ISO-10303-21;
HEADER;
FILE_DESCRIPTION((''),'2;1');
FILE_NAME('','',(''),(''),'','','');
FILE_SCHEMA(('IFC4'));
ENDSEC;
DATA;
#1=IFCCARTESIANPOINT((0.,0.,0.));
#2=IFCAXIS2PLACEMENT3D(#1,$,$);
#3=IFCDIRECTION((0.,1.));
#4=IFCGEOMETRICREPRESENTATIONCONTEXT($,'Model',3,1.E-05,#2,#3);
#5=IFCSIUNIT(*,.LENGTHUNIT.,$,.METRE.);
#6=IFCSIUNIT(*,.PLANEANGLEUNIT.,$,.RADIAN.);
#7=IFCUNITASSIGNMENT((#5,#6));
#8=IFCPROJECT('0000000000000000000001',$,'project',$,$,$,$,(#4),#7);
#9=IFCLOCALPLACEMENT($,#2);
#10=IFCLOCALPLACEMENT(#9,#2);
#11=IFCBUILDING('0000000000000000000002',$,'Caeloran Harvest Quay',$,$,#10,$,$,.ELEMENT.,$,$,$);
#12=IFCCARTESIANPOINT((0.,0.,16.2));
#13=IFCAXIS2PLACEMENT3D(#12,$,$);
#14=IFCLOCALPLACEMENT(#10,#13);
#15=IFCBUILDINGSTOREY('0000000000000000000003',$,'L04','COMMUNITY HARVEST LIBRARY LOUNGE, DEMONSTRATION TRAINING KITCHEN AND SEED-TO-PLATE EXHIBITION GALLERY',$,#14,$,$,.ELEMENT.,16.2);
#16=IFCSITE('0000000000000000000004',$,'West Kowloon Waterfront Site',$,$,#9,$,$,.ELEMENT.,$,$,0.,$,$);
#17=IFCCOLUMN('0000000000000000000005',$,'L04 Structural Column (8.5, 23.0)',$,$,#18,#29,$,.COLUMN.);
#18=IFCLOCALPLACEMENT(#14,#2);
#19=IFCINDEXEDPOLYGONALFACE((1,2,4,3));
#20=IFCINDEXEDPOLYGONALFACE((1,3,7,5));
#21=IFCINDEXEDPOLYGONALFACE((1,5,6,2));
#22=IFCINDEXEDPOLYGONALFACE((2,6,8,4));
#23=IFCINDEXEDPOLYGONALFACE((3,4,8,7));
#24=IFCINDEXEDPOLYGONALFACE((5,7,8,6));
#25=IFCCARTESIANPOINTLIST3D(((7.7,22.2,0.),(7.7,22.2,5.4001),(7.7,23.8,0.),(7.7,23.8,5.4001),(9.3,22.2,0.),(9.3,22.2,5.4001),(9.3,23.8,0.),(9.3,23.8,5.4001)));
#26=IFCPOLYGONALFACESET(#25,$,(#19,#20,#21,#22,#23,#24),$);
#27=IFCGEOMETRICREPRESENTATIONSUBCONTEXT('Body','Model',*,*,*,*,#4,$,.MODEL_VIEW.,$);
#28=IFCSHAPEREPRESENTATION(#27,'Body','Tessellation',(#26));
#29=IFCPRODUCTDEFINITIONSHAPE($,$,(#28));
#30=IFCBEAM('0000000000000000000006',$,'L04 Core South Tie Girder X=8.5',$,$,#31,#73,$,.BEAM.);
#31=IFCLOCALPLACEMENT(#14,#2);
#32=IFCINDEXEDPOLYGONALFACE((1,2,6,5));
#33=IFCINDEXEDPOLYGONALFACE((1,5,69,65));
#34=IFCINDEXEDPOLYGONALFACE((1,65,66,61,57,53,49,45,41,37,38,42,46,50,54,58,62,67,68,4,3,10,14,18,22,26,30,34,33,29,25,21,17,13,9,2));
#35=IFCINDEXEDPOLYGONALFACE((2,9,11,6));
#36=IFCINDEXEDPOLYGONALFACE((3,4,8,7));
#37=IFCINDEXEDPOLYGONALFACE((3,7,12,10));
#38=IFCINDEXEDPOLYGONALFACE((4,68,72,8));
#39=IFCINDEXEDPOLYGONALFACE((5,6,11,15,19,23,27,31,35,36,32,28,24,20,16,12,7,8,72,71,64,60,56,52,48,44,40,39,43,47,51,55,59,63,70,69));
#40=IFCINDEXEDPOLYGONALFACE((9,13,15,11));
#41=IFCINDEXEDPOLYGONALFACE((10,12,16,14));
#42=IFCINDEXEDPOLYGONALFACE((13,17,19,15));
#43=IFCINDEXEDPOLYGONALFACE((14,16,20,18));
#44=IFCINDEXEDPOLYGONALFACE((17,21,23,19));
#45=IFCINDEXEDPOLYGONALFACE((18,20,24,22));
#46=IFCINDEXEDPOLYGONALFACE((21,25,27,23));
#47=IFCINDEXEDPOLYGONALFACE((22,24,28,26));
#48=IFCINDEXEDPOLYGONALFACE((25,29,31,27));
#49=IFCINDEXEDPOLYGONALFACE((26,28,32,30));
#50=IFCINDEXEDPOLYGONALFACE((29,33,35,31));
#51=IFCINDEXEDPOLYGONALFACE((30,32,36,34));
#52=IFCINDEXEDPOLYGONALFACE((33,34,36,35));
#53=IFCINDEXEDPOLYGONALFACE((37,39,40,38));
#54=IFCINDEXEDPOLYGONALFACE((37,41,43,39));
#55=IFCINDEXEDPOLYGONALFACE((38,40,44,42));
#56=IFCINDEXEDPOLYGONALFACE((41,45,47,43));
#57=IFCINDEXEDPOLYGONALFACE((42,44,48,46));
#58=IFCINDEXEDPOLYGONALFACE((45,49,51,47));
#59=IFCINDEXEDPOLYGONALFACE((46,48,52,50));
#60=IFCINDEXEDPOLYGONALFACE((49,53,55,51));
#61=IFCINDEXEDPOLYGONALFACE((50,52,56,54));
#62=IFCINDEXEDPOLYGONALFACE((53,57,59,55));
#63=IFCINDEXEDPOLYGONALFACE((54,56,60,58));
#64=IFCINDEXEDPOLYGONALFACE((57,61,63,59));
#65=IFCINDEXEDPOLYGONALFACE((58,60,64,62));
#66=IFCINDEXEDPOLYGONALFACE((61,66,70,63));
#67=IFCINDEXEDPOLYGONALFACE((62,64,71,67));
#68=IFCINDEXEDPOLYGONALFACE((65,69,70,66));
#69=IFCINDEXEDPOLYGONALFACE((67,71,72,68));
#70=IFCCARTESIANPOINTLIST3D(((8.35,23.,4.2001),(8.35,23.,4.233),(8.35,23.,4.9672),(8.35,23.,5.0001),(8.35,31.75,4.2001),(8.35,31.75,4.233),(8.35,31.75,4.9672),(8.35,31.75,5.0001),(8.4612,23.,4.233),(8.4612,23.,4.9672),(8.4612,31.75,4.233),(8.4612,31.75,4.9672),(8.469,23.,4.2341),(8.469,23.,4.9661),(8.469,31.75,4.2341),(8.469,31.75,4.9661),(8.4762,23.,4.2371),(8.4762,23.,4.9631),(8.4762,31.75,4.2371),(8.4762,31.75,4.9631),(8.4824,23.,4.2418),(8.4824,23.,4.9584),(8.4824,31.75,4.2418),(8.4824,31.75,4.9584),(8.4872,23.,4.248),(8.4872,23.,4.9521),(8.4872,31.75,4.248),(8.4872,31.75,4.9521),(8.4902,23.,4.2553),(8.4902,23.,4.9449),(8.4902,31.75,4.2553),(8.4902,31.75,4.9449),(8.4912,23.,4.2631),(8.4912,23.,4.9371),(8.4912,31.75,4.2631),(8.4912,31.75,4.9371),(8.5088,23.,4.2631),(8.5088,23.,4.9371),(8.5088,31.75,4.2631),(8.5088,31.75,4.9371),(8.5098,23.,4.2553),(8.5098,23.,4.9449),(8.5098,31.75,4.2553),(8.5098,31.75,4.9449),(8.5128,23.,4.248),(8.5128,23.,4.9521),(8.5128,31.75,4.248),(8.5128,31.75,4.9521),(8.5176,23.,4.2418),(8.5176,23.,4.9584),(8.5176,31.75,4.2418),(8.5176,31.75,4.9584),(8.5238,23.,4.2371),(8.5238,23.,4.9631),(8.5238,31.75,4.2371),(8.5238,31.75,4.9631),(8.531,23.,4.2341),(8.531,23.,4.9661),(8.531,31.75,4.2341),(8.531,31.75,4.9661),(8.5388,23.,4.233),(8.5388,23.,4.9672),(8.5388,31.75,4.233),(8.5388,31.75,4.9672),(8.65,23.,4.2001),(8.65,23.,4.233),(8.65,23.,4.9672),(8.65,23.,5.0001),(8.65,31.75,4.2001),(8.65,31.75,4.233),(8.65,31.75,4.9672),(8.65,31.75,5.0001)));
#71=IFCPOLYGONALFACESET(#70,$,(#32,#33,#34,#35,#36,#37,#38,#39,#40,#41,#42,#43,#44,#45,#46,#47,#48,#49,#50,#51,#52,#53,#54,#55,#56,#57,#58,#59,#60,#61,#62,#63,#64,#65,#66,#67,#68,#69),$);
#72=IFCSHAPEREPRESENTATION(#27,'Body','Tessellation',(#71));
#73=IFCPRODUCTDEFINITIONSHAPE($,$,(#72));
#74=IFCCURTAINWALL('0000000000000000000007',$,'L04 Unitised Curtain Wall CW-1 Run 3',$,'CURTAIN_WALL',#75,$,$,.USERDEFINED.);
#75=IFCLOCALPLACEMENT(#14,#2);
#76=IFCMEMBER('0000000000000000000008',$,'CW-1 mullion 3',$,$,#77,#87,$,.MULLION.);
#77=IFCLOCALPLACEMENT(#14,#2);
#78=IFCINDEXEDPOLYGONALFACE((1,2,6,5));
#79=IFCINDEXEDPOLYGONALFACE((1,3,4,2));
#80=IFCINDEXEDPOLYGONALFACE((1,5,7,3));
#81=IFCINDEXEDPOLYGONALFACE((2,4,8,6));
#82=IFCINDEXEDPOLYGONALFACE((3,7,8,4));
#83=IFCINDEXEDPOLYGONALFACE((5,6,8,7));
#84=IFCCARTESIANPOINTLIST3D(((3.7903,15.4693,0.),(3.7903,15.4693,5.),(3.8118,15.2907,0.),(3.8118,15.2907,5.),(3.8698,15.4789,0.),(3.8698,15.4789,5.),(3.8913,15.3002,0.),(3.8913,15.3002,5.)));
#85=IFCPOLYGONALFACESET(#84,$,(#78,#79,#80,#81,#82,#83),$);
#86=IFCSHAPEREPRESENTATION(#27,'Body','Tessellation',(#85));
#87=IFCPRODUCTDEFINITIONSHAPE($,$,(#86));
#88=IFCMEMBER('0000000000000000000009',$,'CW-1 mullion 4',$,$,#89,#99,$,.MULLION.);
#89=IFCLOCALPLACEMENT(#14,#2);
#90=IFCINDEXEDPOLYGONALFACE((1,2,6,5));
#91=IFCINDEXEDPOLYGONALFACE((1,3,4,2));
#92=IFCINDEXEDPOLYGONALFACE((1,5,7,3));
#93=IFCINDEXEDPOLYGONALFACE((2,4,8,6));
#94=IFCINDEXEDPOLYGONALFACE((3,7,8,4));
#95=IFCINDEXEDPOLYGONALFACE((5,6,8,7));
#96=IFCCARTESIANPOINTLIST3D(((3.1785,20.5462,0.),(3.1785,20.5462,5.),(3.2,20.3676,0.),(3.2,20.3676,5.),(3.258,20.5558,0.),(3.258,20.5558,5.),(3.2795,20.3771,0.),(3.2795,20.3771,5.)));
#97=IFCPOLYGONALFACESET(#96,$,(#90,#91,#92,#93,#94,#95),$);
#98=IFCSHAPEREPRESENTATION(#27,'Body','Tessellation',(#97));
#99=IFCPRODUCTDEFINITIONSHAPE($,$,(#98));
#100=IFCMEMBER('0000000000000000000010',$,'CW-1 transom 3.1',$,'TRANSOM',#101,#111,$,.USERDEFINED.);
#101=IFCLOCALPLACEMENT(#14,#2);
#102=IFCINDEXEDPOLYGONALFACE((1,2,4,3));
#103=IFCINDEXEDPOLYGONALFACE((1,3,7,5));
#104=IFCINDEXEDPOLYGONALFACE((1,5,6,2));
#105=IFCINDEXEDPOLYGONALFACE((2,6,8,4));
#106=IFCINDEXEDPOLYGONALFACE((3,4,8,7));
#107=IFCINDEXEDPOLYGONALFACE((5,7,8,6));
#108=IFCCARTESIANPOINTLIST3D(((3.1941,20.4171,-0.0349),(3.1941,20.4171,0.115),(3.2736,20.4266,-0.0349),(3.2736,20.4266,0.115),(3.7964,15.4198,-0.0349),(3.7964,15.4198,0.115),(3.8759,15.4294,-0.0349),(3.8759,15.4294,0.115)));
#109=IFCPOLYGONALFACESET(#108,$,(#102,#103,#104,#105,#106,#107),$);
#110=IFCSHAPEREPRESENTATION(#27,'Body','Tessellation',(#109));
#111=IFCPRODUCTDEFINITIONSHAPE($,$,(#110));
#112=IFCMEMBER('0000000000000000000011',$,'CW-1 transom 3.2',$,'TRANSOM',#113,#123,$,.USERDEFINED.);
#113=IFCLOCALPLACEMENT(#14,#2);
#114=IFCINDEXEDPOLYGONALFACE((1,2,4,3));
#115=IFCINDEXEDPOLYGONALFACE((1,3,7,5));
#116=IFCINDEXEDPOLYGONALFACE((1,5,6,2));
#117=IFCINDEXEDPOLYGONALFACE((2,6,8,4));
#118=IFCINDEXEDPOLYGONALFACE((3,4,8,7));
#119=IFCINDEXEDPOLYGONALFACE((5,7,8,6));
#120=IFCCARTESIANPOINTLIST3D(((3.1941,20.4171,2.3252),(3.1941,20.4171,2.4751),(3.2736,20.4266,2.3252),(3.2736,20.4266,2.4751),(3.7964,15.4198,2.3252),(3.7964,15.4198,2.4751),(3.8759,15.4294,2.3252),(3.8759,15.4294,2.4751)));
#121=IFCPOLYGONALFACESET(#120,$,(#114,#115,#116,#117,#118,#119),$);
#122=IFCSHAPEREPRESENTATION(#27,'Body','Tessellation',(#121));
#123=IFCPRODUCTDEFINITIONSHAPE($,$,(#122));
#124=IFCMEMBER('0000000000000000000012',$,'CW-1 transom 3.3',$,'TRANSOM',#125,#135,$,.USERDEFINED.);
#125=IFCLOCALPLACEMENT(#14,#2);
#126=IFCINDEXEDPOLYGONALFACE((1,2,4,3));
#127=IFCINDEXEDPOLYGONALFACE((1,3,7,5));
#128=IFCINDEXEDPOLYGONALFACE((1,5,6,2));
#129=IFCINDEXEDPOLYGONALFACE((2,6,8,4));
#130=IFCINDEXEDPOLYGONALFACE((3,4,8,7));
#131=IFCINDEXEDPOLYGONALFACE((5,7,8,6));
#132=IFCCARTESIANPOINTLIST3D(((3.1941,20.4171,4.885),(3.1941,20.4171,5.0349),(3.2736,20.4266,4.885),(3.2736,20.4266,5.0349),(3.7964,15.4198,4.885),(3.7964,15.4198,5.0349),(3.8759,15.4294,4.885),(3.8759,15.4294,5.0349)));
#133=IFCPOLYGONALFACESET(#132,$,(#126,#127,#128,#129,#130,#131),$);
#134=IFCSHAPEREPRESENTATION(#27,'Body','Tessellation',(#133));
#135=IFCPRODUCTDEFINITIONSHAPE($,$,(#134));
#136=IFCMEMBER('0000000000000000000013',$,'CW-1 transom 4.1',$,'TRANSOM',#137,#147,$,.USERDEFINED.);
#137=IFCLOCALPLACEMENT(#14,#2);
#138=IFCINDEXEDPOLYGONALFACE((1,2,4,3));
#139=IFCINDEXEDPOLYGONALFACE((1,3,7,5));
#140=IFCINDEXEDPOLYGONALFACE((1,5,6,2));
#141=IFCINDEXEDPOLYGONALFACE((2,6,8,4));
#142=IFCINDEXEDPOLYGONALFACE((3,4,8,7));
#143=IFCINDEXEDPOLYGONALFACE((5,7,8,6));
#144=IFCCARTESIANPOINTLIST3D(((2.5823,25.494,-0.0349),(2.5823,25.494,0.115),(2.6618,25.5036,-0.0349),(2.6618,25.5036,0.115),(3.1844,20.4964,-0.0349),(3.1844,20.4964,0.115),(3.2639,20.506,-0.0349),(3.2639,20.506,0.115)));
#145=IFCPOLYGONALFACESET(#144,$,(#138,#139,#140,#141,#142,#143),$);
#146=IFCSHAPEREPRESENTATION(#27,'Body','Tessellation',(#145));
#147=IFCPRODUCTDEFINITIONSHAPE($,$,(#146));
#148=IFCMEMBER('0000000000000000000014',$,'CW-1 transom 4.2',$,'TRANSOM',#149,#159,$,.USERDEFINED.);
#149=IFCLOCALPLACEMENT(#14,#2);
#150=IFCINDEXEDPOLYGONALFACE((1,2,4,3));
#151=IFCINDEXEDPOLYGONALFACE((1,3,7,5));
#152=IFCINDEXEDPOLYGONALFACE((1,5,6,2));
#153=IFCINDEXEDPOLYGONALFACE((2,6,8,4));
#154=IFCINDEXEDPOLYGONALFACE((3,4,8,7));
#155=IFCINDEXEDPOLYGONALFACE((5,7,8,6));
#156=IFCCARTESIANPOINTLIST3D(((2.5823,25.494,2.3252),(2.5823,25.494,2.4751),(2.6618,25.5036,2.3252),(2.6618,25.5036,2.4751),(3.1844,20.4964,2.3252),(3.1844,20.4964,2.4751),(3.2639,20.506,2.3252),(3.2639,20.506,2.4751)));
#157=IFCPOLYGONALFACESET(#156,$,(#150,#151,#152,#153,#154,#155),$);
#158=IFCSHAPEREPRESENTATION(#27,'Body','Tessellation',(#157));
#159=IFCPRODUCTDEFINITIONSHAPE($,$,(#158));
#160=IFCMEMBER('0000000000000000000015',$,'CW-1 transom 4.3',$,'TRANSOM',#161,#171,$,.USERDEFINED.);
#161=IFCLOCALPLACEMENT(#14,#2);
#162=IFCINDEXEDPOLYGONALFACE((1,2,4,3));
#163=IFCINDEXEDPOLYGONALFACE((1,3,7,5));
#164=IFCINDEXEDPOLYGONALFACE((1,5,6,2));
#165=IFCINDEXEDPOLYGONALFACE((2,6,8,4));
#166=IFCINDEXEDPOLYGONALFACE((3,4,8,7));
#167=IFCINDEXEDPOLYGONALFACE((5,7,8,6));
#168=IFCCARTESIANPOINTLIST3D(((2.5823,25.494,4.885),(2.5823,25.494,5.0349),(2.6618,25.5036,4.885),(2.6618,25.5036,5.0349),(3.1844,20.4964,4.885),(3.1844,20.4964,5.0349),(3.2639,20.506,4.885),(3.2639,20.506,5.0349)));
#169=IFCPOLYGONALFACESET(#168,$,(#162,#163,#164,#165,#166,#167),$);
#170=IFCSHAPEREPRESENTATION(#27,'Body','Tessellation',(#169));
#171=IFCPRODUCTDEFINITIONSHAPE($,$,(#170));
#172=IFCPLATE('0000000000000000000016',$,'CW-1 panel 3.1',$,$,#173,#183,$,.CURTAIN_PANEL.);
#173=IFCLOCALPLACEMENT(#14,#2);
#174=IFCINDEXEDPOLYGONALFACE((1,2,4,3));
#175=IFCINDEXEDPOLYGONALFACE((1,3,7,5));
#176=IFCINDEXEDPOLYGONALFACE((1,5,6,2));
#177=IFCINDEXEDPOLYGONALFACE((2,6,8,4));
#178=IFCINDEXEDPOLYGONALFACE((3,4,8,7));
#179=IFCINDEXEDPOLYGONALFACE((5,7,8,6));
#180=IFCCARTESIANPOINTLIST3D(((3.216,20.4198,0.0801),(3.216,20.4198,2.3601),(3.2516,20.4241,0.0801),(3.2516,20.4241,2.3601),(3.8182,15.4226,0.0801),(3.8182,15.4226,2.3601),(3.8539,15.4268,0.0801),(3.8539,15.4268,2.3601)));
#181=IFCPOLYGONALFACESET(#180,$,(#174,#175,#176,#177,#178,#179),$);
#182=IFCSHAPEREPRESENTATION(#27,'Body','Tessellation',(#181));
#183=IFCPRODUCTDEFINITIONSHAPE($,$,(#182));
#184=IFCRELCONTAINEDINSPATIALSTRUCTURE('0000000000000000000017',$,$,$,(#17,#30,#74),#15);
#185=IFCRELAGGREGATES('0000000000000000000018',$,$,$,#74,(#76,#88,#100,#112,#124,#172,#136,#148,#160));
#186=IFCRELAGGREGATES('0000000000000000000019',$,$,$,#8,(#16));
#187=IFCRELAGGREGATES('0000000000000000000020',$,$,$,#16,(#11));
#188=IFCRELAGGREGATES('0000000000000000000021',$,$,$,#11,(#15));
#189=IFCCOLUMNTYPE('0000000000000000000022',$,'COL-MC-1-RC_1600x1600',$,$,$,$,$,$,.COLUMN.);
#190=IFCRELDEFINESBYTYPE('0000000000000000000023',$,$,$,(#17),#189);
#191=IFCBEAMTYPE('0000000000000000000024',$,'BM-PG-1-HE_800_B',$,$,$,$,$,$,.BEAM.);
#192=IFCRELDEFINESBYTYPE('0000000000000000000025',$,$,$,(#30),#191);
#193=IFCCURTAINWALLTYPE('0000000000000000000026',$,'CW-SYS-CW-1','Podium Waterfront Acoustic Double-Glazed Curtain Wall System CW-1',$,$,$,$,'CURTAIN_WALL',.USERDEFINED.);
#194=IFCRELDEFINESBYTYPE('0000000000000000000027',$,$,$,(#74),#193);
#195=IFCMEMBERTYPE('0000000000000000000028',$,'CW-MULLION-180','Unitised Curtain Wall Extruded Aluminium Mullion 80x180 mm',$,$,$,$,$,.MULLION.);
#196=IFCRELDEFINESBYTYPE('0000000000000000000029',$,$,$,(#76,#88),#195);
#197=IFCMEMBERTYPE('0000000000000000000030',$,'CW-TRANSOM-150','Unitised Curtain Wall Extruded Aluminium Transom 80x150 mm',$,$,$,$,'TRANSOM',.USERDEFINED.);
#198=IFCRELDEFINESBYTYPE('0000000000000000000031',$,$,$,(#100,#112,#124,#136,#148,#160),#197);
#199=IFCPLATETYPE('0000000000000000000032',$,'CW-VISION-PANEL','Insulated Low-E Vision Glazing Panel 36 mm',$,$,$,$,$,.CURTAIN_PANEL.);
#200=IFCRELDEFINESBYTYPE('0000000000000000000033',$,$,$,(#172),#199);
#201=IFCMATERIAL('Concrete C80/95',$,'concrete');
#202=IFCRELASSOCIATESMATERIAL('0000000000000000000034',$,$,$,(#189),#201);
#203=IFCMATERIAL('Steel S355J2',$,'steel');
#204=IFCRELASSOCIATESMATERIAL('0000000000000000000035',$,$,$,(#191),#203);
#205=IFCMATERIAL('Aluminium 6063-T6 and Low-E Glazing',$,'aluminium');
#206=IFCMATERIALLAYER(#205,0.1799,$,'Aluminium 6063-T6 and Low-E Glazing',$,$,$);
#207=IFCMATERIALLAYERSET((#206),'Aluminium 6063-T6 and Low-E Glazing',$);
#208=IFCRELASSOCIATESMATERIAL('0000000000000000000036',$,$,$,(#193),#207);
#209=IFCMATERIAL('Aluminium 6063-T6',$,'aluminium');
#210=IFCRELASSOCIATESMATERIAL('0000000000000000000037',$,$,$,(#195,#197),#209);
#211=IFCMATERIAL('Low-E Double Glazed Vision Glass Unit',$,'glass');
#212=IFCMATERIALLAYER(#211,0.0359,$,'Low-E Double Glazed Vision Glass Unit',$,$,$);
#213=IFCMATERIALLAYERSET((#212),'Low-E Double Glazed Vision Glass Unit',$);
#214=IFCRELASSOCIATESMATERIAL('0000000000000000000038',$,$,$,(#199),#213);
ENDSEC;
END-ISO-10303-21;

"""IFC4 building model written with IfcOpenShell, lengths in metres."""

from ifc_helpers import new_model, si_unit, direction, frame, origin, origin_2d, place, context, subcontext, project, spatial, rectangle, i_section, extrude, material, layer, layer_set, material_profile, profile_set, type_object, element, aggregate, save


model = new_model("IFC4")

# Units and contexts
model_context = context("Model", 3, precision=1e-05, world=origin(), true_north=direction((0.0, 1.0)))
body_context = subcontext(model_context, "Body", "Model", "MODEL_VIEW")
ifc_project = project(units=[si_unit("LENGTHUNIT", "METRE"), si_unit("PLANEANGLEUNIT", "RADIAN")], contexts=[model_context])

# Site, building, storey
site_placement = place(None, origin())
site = spatial("IfcSite", under=ifc_project, at=site_placement, Name="West Kowloon Waterfront Site", CompositionType="ELEMENT", RefElevation=0.0)
building_placement = place(site_placement, origin())
building = spatial("IfcBuilding", under=site, at=building_placement, Name="Caeloran Harvest Quay", CompositionType="ELEMENT")
storey_placement = place(building_placement, frame((0.0, 0.0, 16.2)))
storey = spatial("IfcBuildingStorey", under=building, at=storey_placement, Name="L04", Description="COMMUNITY HARVEST LIBRARY LOUNGE, DEMONSTRATION TRAINING KITCHEN AND SEED-TO-PLATE EXHIBITION GALLERY", CompositionType="ELEMENT", Elevation=16.2)

# Column
ifc_material_1 = material(Name="Concrete C80/95", Category="concrete")
ifc_material_profile_1 = material_profile(ifc_material_1, rectangle(XDim=1.6001, YDim=1.6001, at=origin_2d()), Name="RC 1600x1600")
ifc_profile_set_1 = profile_set([ifc_material_profile_1], Name="Concrete C80/95")
column_type = type_object("IfcColumnType", Name="COL-MC-1-RC_1600x1600", PredefinedType="COLUMN", material=ifc_profile_set_1)
column_placement = place(storey_placement, frame((8.5, 23.0, 0.0), z_axis=(0.0, 0.0, 1.0), x_axis=(1.0, 0.0, 0.0)))
element("IfcColumn", 1, at=column_placement, inside=storey, type_object=column_type, Name="L04 Structural Column (8.5, 23.0)", PredefinedType="COLUMN", context=body_context, shape_type="SweptSolid", body=[
    extrude(rectangle(XDim=1.6001, YDim=1.6001, at=origin_2d()), origin(), (0.0, 0.0, 1.0), 5.4001),
])

# Beam
ifc_material_2 = material(Name="Steel S355J2", Category="steel")
ifc_material_profile_2 = material_profile(ifc_material_2, i_section(OverallWidth=0.3, OverallDepth=0.8, WebThickness=0.0176, FlangeThickness=0.033, FilletRadius=0.03, at=origin_2d()), Name="HE 800 B")
ifc_profile_set_2 = profile_set([ifc_material_profile_2], Name="Steel S355J2")
beam_type = type_object("IfcBeamType", Name="BM-PG-1-HE_800_B", PredefinedType="BEAM", material=ifc_profile_set_2)
beam_placement = place(storey_placement, frame((8.5, 23.0, 4.6001), z_axis=(0.0, 1.0, 0.0), x_axis=(-1.0, 0.0, 0.0)))
element("IfcBeam", 2, at=beam_placement, inside=storey, type_object=beam_type, Name="L04 Core South Tie Girder X=8.5", PredefinedType="BEAM", context=body_context, shape_type="SweptSolid", body=[
    extrude(i_section(OverallWidth=0.3, OverallDepth=0.8, WebThickness=0.0176, FlangeThickness=0.033, FilletRadius=0.03, at=origin_2d()), origin(), (0.0, 0.0, 1.0), 8.75),
])

# Curtain wall, members, plate
ifc_material_3 = material(Name="Aluminium 6063-T6 and Low-E Glazing", Category="aluminium")
ifc_layer_1 = layer(ifc_material_3, 0.1799, Name="Aluminium 6063-T6 and Low-E Glazing")
ifc_layer_set_1 = layer_set([ifc_layer_1], Name="Aluminium 6063-T6 and Low-E Glazing")
curtain_wall_type = type_object("IfcCurtainWallType", Name="CW-SYS-CW-1", Description="Podium Waterfront Acoustic Double-Glazed Curtain Wall System CW-1", ElementType="CURTAIN_WALL", PredefinedType="USERDEFINED", material=ifc_layer_set_1)
curtain_wall_placement = place(storey_placement, origin())
curtain_wall = element("IfcCurtainWall", 3, at=curtain_wall_placement, inside=storey, type_object=curtain_wall_type, Name="L04 Unitised Curtain Wall CW-1 Run 3", ObjectType="CURTAIN_WALL", PredefinedType="USERDEFINED")
ifc_material_4 = material(Name="Aluminium 6063-T6", Category="aluminium")
ifc_material_profile_3 = material_profile(ifc_material_4, rectangle(XDim=0.0801, YDim=0.1799, at=origin_2d()), Name="CW-MULLION-180")
ifc_profile_set_3 = profile_set([ifc_material_profile_3], Name="Aluminium 6063-T6")
member_type_1 = type_object("IfcMemberType", Name="CW-MULLION-180", Description="Unitised Curtain Wall Extruded Aluminium Mullion 80x180 mm", PredefinedType="MULLION", material=ifc_profile_set_3)
member_1_placement = place(storey_placement, frame((3.8408, 15.3848, 0.0), z_axis=(0.0, 0.0, 1.0), x_axis=(-0.992816, -0.119655, 0.0)))
member_1 = element("IfcMember", 4, at=member_1_placement, type_object=member_type_1, Name="CW-1 mullion 3", PredefinedType="MULLION", context=body_context, shape_type="SweptSolid", body=[
    extrude(rectangle(XDim=0.0801, YDim=0.1799, at=origin_2d()), origin(), (0.0, 0.0, 1.0), 5.0),
])
member_2_placement = place(storey_placement, frame((3.229, 20.4617, 0.0), z_axis=(0.0, 0.0, 1.0), x_axis=(-0.992816, -0.119655, 0.0)))
member_2 = element("IfcMember", 5, at=member_2_placement, type_object=member_type_1, Name="CW-1 mullion 4", PredefinedType="MULLION", context=body_context, shape_type="SweptSolid", body=[
    extrude(rectangle(XDim=0.0801, YDim=0.1799, at=origin_2d()), origin(), (0.0, 0.0, 1.0), 5.0),
])
ifc_material_profile_4 = material_profile(ifc_material_4, rectangle(XDim=0.0801, YDim=0.1499, at=origin_2d()), Name="CW-TRANSOM-150")
ifc_profile_set_4 = profile_set([ifc_material_profile_4], Name="Aluminium 6063-T6")
member_type_2 = type_object("IfcMemberType", Name="CW-TRANSOM-150", Description="Unitised Curtain Wall Extruded Aluminium Transom 80x150 mm", ElementType="TRANSOM", PredefinedType="USERDEFINED", material=ifc_profile_set_4)
member_3_placement = place(storey_placement, frame((3.8362, 15.4246, 0.04), z_axis=(-0.119658, 0.992815, 0.0), x_axis=(-0.992815, -0.119658, 0.0)))
member_3 = element("IfcMember", 6, at=member_3_placement, type_object=member_type_2, Name="CW-1 transom 3.1", ObjectType="TRANSOM", PredefinedType="USERDEFINED", context=body_context, shape_type="SweptSolid", body=[
    extrude(rectangle(XDim=0.0801, YDim=0.1499, at=origin_2d()), origin(), (0.0, 0.0, 1.0), 5.0334),
])
member_4_placement = place(storey_placement, frame((3.8362, 15.4246, 2.4001), z_axis=(-0.119658, 0.992815, 0.0), x_axis=(-0.992815, -0.119658, 0.0)))
member_4 = element("IfcMember", 7, at=member_4_placement, type_object=member_type_2, Name="CW-1 transom 3.2", ObjectType="TRANSOM", PredefinedType="USERDEFINED", context=body_context, shape_type="SweptSolid", body=[
    extrude(rectangle(XDim=0.0801, YDim=0.1499, at=origin_2d()), origin(), (0.0, 0.0, 1.0), 5.0334),
])
member_5_placement = place(storey_placement, frame((3.8362, 15.4246, 4.96), z_axis=(-0.119658, 0.992815, 0.0), x_axis=(-0.992815, -0.119658, 0.0)))
member_5 = element("IfcMember", 8, at=member_5_placement, type_object=member_type_2, Name="CW-1 transom 3.3", ObjectType="TRANSOM", PredefinedType="USERDEFINED", context=body_context, shape_type="SweptSolid", body=[
    extrude(rectangle(XDim=0.0801, YDim=0.1499, at=origin_2d()), origin(), (0.0, 0.0, 1.0), 5.0334),
])
member_6_placement = place(storey_placement, frame((3.2241, 20.5012, 0.04), z_axis=(-0.119604, 0.992822, 0.0), x_axis=(-0.992822, -0.119604, 0.0)))
member_6 = element("IfcMember", 9, at=member_6_placement, type_object=member_type_2, Name="CW-1 transom 4.1", ObjectType="TRANSOM", PredefinedType="USERDEFINED", context=body_context, shape_type="SweptSolid", body=[
    extrude(rectangle(XDim=0.0801, YDim=0.1499, at=origin_2d()), origin(), (0.0, 0.0, 1.0), 5.0337),
])
member_7_placement = place(storey_placement, frame((3.2241, 20.5012, 2.4001), z_axis=(-0.119604, 0.992822, 0.0), x_axis=(-0.992822, -0.119604, 0.0)))
member_7 = element("IfcMember", 10, at=member_7_placement, type_object=member_type_2, Name="CW-1 transom 4.2", ObjectType="TRANSOM", PredefinedType="USERDEFINED", context=body_context, shape_type="SweptSolid", body=[
    extrude(rectangle(XDim=0.0801, YDim=0.1499, at=origin_2d()), origin(), (0.0, 0.0, 1.0), 5.0337),
])
member_8_placement = place(storey_placement, frame((3.2241, 20.5012, 4.96), z_axis=(-0.119604, 0.992822, 0.0), x_axis=(-0.992822, -0.119604, 0.0)))
member_8 = element("IfcMember", 11, at=member_8_placement, type_object=member_type_2, Name="CW-1 transom 4.3", ObjectType="TRANSOM", PredefinedType="USERDEFINED", context=body_context, shape_type="SweptSolid", body=[
    extrude(rectangle(XDim=0.0801, YDim=0.1499, at=origin_2d()), origin(), (0.0, 0.0, 1.0), 5.0337),
])
ifc_material_5 = material(Name="Low-E Double Glazed Vision Glass Unit", Category="glass")
ifc_layer_2 = layer(ifc_material_5, 0.0359, Name="Low-E Double Glazed Vision Glass Unit")
ifc_layer_set_2 = layer_set([ifc_layer_2], Name="Low-E Double Glazed Vision Glass Unit")
plate_type = type_object("IfcPlateType", Name="CW-VISION-PANEL", Description="Insulated Low-E Vision Glazing Panel 36 mm", PredefinedType="CURTAIN_PANEL", material=ifc_layer_set_2)
plate_1_placement = place(storey_placement, frame((3.5349, 17.9233, 0.0801), z_axis=(0.0, 0.0, 1.0), x_axis=(-0.119655, 0.992816, 0.0)))
plate_1 = element("IfcPlate", 12, at=plate_1_placement, type_object=plate_type, Name="CW-1 panel 3.1", PredefinedType="CURTAIN_PANEL", context=body_context, shape_type="SweptSolid", body=[
    extrude(rectangle(XDim=5.0334, YDim=0.0359, at=origin_2d()), origin(), (0.0, 0.0, 1.0), 2.28),
])
aggregate(curtain_wall, [member_1, member_2, member_3, member_4, member_5, plate_1, member_6, member_7, member_8])

save(model, "model.ifc")
